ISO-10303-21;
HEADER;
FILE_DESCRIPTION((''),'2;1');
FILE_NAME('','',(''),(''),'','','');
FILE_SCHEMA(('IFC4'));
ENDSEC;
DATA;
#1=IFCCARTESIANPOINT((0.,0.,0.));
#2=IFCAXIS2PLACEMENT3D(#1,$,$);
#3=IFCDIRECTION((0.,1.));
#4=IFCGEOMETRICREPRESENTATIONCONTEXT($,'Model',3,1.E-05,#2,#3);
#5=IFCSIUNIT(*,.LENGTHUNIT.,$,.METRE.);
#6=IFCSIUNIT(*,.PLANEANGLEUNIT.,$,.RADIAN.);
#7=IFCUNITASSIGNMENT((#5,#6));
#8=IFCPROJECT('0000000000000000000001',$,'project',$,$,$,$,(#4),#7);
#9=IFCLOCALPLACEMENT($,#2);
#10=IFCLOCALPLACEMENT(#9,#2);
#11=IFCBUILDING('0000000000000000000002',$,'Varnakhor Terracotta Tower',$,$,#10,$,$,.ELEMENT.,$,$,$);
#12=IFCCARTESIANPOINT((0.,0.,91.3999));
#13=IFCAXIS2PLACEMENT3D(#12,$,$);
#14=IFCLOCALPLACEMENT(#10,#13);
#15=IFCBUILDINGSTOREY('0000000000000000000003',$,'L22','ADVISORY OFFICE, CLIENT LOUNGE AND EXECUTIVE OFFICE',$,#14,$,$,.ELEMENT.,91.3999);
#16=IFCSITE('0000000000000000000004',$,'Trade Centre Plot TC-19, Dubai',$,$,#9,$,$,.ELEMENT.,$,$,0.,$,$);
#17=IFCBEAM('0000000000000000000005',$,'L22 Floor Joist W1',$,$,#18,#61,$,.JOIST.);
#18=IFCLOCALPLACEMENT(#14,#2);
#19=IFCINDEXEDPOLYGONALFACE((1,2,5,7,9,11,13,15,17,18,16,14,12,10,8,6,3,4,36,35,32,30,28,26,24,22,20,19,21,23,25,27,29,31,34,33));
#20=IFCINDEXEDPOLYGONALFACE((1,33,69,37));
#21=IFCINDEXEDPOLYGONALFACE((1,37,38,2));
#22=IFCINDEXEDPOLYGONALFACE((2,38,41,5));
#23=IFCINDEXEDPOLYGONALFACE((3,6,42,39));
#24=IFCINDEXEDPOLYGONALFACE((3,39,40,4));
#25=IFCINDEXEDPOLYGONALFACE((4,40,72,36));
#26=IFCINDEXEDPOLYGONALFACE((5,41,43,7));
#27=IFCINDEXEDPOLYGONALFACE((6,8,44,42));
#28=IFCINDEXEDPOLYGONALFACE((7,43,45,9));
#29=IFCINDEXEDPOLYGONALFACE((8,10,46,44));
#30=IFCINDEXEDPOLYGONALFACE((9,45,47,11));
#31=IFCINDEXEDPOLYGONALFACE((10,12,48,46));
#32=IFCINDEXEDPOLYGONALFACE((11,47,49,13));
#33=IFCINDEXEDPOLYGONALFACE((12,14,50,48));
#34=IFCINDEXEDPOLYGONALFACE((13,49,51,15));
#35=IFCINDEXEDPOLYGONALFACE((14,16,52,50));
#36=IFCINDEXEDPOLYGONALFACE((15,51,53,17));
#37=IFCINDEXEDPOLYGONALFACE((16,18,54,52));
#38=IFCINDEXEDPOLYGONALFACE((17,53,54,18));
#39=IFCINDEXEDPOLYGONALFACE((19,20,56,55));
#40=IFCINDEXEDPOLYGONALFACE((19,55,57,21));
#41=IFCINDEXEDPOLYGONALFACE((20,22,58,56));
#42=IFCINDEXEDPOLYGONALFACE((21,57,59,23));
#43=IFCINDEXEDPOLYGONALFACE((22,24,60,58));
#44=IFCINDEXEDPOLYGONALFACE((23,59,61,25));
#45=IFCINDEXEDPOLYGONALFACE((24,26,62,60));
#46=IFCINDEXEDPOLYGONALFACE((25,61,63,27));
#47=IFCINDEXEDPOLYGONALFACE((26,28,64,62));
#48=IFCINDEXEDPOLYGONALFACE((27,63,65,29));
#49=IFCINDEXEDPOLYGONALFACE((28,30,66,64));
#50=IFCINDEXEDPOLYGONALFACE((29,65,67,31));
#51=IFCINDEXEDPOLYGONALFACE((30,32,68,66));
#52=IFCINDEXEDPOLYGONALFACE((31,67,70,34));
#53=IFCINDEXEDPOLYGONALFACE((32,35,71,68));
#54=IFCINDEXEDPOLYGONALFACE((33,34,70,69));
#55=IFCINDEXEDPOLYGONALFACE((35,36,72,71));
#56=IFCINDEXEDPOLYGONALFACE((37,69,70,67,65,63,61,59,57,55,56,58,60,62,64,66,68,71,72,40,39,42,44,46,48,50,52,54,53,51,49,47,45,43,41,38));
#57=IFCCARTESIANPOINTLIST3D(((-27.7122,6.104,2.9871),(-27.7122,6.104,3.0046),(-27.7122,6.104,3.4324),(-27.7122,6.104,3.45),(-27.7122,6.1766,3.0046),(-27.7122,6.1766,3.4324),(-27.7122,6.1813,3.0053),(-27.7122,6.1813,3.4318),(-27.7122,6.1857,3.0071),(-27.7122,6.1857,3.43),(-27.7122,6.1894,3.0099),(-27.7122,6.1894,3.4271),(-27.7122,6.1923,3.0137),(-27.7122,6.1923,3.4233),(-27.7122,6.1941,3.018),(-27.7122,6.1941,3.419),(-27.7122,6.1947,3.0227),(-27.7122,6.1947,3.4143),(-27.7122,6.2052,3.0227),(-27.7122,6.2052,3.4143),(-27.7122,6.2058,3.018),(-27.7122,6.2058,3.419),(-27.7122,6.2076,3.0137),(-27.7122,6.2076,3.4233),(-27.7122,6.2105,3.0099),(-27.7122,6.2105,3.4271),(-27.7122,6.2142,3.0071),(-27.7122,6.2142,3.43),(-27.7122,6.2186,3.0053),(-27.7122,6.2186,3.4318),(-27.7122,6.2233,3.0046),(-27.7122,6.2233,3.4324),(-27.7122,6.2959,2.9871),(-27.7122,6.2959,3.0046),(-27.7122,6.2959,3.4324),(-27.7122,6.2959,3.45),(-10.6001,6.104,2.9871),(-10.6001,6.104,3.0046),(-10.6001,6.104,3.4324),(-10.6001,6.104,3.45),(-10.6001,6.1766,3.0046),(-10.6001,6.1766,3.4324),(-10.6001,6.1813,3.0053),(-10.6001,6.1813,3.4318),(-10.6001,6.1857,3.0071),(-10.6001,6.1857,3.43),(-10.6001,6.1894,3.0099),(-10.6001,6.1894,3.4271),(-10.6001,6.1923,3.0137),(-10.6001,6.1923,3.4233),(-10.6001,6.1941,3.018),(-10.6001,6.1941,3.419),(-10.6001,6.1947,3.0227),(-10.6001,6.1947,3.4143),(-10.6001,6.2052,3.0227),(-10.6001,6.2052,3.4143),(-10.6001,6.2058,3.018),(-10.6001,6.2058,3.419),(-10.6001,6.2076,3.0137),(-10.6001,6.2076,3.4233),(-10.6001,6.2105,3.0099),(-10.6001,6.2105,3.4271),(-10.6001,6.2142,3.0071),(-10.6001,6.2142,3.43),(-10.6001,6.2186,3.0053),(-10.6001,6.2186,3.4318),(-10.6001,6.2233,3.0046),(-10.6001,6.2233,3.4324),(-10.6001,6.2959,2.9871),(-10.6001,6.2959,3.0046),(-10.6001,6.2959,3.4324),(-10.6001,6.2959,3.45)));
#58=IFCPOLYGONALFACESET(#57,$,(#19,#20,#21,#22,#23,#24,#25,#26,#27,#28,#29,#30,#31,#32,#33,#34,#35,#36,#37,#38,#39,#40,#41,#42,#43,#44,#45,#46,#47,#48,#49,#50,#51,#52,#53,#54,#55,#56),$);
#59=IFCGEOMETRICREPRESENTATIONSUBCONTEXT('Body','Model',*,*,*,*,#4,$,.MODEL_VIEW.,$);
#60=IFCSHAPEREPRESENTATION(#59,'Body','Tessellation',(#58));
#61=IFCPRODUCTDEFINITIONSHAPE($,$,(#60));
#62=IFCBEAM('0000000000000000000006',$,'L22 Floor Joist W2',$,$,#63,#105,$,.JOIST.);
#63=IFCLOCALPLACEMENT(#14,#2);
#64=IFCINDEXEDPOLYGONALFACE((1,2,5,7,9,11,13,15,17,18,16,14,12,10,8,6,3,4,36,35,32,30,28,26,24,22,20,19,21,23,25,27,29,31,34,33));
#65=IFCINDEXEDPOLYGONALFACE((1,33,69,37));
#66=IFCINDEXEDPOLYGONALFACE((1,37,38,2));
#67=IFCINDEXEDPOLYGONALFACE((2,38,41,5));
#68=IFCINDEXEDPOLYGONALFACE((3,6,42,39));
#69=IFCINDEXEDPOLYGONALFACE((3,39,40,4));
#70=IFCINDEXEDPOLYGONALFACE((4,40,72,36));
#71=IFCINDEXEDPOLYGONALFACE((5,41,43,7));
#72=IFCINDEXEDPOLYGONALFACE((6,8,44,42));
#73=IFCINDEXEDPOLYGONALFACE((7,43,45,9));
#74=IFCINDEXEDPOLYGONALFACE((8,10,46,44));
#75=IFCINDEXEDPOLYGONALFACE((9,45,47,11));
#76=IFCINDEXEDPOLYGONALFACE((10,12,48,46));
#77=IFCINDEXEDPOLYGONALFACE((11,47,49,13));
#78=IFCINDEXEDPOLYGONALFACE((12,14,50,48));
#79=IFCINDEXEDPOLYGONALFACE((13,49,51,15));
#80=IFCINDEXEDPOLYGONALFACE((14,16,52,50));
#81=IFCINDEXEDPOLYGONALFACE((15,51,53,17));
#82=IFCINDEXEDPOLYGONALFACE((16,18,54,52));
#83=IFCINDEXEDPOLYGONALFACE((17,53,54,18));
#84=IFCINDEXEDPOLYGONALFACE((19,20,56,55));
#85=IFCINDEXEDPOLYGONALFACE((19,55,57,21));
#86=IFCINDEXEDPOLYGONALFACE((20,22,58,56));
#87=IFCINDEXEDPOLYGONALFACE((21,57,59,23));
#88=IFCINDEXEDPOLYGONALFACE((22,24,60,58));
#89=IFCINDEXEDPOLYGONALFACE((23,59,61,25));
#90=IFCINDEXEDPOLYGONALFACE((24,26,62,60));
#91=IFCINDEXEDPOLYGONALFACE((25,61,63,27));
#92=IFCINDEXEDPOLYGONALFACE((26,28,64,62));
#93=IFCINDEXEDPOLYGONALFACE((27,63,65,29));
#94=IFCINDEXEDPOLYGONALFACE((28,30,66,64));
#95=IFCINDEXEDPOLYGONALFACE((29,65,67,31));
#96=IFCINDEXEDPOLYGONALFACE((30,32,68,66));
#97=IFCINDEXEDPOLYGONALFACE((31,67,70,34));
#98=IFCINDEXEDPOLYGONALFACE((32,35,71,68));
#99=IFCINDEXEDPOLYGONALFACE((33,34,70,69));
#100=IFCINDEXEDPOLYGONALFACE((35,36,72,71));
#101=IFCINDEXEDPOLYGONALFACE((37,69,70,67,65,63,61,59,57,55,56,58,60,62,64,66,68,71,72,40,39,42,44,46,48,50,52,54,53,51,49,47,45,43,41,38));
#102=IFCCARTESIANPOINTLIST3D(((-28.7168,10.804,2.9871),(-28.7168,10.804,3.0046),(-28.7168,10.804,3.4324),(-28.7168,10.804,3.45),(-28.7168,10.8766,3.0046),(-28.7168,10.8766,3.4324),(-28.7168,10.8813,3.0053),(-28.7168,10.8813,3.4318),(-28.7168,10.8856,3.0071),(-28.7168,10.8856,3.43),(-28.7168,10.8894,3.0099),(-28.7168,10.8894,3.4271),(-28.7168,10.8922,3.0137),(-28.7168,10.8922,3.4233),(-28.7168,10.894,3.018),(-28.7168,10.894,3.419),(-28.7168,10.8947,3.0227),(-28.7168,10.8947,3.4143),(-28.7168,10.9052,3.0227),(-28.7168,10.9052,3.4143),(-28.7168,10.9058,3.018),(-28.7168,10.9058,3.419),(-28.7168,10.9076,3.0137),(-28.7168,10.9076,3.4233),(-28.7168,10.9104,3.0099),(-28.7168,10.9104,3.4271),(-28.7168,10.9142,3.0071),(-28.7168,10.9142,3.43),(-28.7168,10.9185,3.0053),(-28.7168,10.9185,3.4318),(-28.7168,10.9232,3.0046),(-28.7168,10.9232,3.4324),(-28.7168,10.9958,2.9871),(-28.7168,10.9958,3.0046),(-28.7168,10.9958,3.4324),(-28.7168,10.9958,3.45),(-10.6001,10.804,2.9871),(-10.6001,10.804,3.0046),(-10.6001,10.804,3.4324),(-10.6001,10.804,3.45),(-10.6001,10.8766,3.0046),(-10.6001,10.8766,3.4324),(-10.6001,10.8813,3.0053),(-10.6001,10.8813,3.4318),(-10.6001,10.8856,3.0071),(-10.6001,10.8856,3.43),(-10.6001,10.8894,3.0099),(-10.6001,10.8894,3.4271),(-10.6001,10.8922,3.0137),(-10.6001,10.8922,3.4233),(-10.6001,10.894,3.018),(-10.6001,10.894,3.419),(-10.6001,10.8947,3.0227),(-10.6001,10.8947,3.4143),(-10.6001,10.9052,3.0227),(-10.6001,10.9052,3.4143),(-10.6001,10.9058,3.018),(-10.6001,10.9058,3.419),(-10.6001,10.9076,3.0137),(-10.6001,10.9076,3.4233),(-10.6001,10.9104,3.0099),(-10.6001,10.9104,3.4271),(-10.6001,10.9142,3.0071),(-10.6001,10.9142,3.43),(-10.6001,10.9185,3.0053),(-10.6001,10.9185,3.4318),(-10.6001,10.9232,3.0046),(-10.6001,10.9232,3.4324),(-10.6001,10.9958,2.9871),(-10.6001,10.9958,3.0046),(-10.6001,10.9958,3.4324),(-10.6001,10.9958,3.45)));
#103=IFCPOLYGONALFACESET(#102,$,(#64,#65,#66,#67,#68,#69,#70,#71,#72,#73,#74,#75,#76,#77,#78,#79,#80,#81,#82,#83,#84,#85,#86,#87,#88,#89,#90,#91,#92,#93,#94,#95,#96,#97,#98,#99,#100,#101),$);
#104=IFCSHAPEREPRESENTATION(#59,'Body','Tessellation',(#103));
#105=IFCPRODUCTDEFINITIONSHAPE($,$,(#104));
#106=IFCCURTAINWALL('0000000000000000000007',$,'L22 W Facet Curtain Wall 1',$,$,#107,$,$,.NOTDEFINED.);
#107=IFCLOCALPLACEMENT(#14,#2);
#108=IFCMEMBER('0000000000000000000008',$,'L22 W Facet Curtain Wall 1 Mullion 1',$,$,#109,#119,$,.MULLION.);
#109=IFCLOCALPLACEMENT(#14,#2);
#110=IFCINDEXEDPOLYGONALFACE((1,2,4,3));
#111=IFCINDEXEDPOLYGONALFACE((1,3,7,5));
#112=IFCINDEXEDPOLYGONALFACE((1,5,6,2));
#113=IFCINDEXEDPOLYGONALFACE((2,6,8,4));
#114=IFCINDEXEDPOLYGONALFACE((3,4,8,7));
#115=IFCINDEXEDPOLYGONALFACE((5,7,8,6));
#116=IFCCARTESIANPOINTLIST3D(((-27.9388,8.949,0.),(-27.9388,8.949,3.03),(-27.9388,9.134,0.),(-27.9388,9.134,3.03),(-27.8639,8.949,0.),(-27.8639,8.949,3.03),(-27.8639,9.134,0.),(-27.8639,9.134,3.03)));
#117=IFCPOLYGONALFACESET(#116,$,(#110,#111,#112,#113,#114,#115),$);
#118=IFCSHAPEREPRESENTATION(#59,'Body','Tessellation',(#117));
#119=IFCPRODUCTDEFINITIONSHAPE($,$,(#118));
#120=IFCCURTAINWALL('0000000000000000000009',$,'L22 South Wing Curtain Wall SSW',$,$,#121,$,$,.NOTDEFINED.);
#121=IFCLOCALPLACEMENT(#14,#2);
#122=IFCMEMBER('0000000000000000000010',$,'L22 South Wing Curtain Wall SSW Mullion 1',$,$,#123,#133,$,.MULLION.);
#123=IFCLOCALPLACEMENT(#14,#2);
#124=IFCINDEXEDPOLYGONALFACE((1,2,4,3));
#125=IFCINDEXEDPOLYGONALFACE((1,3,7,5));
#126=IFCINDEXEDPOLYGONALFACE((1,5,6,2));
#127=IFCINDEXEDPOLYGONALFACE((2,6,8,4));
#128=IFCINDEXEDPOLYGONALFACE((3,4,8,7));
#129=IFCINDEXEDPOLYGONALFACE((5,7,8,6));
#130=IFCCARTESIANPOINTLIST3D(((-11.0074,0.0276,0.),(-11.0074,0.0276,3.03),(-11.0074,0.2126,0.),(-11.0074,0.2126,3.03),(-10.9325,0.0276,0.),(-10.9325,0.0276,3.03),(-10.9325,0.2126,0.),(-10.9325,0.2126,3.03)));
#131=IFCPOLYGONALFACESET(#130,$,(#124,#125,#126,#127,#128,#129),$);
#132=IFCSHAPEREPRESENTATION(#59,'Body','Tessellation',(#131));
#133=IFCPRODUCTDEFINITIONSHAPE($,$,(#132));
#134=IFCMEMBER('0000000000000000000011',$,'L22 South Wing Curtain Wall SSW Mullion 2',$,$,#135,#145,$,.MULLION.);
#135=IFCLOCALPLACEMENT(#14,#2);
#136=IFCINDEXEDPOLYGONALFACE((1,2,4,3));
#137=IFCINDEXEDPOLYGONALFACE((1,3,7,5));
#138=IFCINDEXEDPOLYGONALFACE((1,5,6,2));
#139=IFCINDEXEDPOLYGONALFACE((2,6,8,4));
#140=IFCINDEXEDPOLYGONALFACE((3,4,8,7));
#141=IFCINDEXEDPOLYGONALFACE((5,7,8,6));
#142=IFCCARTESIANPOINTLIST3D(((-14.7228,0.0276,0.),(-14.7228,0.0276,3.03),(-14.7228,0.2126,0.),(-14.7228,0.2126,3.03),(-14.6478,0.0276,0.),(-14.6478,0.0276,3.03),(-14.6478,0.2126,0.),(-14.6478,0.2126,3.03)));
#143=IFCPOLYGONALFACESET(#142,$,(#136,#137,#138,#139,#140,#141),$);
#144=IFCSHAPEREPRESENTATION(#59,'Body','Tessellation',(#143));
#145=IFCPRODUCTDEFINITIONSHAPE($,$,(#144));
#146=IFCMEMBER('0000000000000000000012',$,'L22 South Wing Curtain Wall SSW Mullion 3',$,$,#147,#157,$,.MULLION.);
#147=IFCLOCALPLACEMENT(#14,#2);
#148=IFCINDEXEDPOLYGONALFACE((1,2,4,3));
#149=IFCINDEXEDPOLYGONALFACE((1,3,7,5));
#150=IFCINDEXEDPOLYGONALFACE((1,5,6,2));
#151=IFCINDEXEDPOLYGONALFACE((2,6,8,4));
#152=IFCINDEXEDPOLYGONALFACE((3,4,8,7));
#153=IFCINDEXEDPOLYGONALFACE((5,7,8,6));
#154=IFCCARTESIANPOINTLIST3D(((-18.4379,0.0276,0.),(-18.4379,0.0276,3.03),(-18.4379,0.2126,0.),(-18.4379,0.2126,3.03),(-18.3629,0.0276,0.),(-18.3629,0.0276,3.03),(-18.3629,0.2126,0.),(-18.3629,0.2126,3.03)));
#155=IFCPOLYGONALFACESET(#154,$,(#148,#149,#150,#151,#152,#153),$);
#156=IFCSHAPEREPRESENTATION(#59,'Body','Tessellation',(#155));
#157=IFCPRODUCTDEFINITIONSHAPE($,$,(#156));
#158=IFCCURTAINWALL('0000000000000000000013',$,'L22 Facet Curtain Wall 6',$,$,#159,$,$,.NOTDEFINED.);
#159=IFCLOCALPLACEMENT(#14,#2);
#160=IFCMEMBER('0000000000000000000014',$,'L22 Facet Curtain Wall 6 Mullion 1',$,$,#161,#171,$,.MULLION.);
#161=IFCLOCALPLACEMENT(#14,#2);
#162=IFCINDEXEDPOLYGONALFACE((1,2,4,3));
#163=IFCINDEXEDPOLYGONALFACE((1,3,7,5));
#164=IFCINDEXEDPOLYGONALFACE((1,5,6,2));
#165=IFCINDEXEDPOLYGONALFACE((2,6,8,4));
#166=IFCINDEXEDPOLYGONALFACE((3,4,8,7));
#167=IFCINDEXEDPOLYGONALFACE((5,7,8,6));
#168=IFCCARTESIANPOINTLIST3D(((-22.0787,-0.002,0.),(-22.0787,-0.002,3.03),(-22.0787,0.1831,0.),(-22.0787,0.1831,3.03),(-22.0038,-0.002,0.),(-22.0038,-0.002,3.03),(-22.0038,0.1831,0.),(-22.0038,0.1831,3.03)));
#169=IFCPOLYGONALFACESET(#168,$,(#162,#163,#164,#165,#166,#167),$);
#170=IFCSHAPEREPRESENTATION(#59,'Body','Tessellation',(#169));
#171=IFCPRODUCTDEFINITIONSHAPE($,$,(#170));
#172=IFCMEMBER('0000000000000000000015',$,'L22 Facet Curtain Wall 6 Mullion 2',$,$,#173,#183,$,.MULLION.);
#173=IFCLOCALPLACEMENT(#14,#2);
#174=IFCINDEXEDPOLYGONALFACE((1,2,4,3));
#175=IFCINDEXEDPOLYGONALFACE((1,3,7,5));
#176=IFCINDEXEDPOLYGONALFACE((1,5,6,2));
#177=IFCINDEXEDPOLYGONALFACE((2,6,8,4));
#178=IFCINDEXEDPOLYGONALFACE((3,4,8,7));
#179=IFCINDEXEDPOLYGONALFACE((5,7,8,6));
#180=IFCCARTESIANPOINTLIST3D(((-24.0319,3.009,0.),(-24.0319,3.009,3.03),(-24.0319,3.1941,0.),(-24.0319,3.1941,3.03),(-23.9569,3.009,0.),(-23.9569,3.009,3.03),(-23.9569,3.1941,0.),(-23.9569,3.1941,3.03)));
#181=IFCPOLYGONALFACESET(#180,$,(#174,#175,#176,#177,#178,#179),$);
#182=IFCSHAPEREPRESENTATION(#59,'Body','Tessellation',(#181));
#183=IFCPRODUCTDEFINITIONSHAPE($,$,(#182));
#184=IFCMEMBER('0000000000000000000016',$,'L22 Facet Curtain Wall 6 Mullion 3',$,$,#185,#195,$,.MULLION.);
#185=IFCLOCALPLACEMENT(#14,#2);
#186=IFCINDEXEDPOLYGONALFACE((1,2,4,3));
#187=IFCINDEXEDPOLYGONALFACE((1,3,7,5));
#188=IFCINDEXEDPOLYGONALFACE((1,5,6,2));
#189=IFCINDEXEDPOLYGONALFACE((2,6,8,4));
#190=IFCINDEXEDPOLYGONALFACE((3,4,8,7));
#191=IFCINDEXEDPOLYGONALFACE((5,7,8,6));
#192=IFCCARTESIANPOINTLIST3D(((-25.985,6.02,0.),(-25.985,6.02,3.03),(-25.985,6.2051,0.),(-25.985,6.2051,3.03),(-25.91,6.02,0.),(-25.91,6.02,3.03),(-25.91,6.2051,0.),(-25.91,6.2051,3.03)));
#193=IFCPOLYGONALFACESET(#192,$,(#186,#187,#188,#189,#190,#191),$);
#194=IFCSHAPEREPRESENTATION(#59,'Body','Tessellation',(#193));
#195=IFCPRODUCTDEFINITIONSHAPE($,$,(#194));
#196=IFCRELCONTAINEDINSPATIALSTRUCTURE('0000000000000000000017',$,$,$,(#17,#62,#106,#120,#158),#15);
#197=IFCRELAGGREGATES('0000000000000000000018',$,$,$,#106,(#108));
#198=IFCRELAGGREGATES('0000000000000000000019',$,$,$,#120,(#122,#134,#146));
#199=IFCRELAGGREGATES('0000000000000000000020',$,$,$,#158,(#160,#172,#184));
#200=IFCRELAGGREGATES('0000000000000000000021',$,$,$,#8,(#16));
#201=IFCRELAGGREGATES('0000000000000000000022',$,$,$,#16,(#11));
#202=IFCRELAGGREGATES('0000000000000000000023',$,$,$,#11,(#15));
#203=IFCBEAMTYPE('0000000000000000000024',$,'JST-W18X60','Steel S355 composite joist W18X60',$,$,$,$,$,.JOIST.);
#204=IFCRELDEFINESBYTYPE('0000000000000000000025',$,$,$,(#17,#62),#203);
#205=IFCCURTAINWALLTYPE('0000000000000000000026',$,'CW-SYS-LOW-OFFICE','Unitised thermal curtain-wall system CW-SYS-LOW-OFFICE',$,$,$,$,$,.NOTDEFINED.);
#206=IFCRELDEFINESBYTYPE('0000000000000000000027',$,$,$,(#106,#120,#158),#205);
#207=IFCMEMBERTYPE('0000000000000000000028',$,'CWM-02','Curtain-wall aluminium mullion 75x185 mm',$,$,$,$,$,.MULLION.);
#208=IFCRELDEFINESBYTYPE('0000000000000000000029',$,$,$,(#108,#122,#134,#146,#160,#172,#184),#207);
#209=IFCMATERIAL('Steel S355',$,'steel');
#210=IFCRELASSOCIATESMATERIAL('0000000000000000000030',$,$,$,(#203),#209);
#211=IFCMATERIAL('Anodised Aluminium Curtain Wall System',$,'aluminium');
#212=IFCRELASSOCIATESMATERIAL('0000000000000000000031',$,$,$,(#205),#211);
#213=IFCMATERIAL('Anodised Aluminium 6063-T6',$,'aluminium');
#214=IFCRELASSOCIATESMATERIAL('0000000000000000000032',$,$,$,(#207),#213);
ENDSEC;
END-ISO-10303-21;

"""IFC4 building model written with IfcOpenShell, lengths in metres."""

from ifc_helpers import new_model, si_unit, direction, frame, origin, origin_2d, place, context, subcontext, project, spatial, rectangle, i_section, extrude, source, transform, mapped, material, material_profile, profile_set, type_object, type_shapes, element, aggregate, save


model = new_model("IFC4")

# Units and contexts
model_context = context("Model", 3, precision=1e-05, world=origin(), true_north=direction((0.0, 1.0)))
body_context = subcontext(model_context, "Body", "Model", "MODEL_VIEW")
ifc_project = project(units=[si_unit("LENGTHUNIT", "METRE"), si_unit("PLANEANGLEUNIT", "RADIAN")], contexts=[model_context])

# Site, building, storey
site_placement = place(None, origin())
site = spatial("IfcSite", under=ifc_project, at=site_placement, Name="Trade Centre Plot TC-19, Dubai", CompositionType="ELEMENT", RefElevation=0.0)
building_placement = place(site_placement, origin())
building = spatial("IfcBuilding", under=site, at=building_placement, Name="Varnakhor Terracotta Tower", CompositionType="ELEMENT")
storey_placement = place(building_placement, frame((0.0, 0.0, 91.3999)))
storey = spatial("IfcBuildingStorey", under=building, at=storey_placement, Name="L22", Description="ADVISORY OFFICE, CLIENT LOUNGE AND EXECUTIVE OFFICE", CompositionType="ELEMENT", Elevation=91.3999)

# Beams
ifc_material_1 = material(Name="Steel S355", Category="steel")
ifc_material_profile_1 = material_profile(ifc_material_1, i_section(OverallWidth=0.1919, OverallDepth=0.4629, WebThickness=0.0105, FlangeThickness=0.0176, FilletRadius=0.0181, at=origin_2d()), Name="W18X60")
ifc_profile_set_1 = profile_set([ifc_material_profile_1], Name="Steel S355")
beam_type_1 = type_object("IfcBeamType", Name="JST-W18X60", Description="Steel S355 composite joist W18X60", PredefinedType="JOIST", material=ifc_profile_set_1)
shared_shape_1 = source(origin(), body_context, "Body", "SweptSolid", [
    extrude(i_section(OverallWidth=0.1919, OverallDepth=0.4629, WebThickness=0.0105, FlangeThickness=0.0176, FilletRadius=0.0181, at=origin_2d()), origin(), (0.0, 0.0, 1.0), 17.1121),
])
beam_1_placement = place(storey_placement, frame((-27.7122, 6.2, 3.2185), z_axis=(1.0, 0.0, 0.0), x_axis=(0.0, 1.0, 0.0)))
element("IfcBeam", 1, at=beam_1_placement, inside=storey, type_object=beam_type_1, Name="L22 Floor Joist W1", PredefinedType="JOIST", context=body_context, shape_type="MappedRepresentation", body=[
    mapped(shared_shape_1, transform((0.0, 0.0, 0.0), scale=1.0)),
])
shared_shape_2 = source(origin(), body_context, "Body", "SweptSolid", [
    extrude(i_section(OverallWidth=0.1919, OverallDepth=0.4629, WebThickness=0.0105, FlangeThickness=0.0176, FilletRadius=0.0181, at=origin_2d()), origin(), (0.0, 0.0, 1.0), 18.1167),
])
beam_2_placement = place(storey_placement, frame((-28.7168, 10.8999, 3.2185), z_axis=(1.0, 0.0, 0.0), x_axis=(0.0, 1.0, 0.0)))
element("IfcBeam", 2, at=beam_2_placement, inside=storey, type_object=beam_type_1, Name="L22 Floor Joist W2", PredefinedType="JOIST", context=body_context, shape_type="MappedRepresentation", body=[
    mapped(shared_shape_2, transform((0.0, 0.0, 0.0), scale=1.0)),
])

# Curtain wall, member
ifc_material_2 = material(Name="Anodised Aluminium Curtain Wall System", Category="aluminium")
curtain_wall_type = type_object("IfcCurtainWallType", Name="CW-SYS-LOW-OFFICE", Description="Unitised thermal curtain-wall system CW-SYS-LOW-OFFICE", PredefinedType="NOTDEFINED", material=ifc_material_2)
curtain_wall_1_placement = place(storey_placement, origin())
curtain_wall_1 = element("IfcCurtainWall", 3, at=curtain_wall_1_placement, inside=storey, type_object=curtain_wall_type, Name="L22 W Facet Curtain Wall 1", PredefinedType="NOTDEFINED")
ifc_material_3 = material(Name="Anodised Aluminium 6063-T6", Category="aluminium")
ifc_material_profile_2 = material_profile(ifc_material_3, rectangle(XDim=0.075, YDim=0.1851, at=origin_2d()), Name="ALU MULLION 75x185")
ifc_profile_set_2 = profile_set([ifc_material_profile_2], Name="Anodised Aluminium 6063-T6")
member_type_1 = type_object("IfcMemberType", Name="CWM-02", Description="Curtain-wall aluminium mullion 75x185 mm", PredefinedType="MULLION", material=ifc_profile_set_2)
shared_shape_3 = source(origin(), body_context, "Body", "SweptSolid", [
    extrude(rectangle(XDim=0.075, YDim=0.1851, at=origin_2d()), origin(), (0.0, 0.0, 1.0), 3.03),
])
type_shapes(member_type_1, [shared_shape_3])
member_1_placement = place(storey_placement, frame((-27.9014, 9.0415, 0.0), z_axis=(0.0, 0.0, 1.0), x_axis=(1.0, 0.0, 0.0)))
member_1 = element("IfcMember", 4, at=member_1_placement, type_object=member_type_1, Name="L22 W Facet Curtain Wall 1 Mullion 1", PredefinedType="MULLION", context=body_context, shape_type="MappedRepresentation", body=[
    mapped(shared_shape_3, transform((0.0, 0.0, 0.0), scale=1.0)),
])

# Curtain walls, members
curtain_wall_2_placement = place(storey_placement, origin())
curtain_wall_2 = element("IfcCurtainWall", 5, at=curtain_wall_2_placement, inside=storey, type_object=curtain_wall_type, Name="L22 South Wing Curtain Wall SSW", PredefinedType="NOTDEFINED")
member_2_placement = place(storey_placement, frame((-10.97, 0.1201, 0.0), z_axis=(0.0, 0.0, 1.0), x_axis=(1.0, 0.0, 0.0)))
member_2 = element("IfcMember", 6, at=member_2_placement, type_object=member_type_1, Name="L22 South Wing Curtain Wall SSW Mullion 1", PredefinedType="MULLION", context=body_context, shape_type="MappedRepresentation", body=[
    mapped(shared_shape_3, transform((0.0, 0.0, 0.0), scale=1.0)),
])
member_3_placement = place(storey_placement, frame((-14.6853, 0.1201, 0.0), z_axis=(0.0, 0.0, 1.0), x_axis=(1.0, 0.0, 0.0)))
member_3 = element("IfcMember", 7, at=member_3_placement, type_object=member_type_1, Name="L22 South Wing Curtain Wall SSW Mullion 2", PredefinedType="MULLION", context=body_context, shape_type="MappedRepresentation", body=[
    mapped(shared_shape_3, transform((0.0, 0.0, 0.0), scale=1.0)),
])
member_4_placement = place(storey_placement, frame((-18.4004, 0.1201, 0.0), z_axis=(0.0, 0.0, 1.0), x_axis=(1.0, 0.0, 0.0)))
member_4 = element("IfcMember", 8, at=member_4_placement, type_object=member_type_1, Name="L22 South Wing Curtain Wall SSW Mullion 3", PredefinedType="MULLION", context=body_context, shape_type="MappedRepresentation", body=[
    mapped(shared_shape_3, transform((0.0, 0.0, 0.0), scale=1.0)),
])
curtain_wall_3_placement = place(storey_placement, origin())
curtain_wall_3 = element("IfcCurtainWall", 9, at=curtain_wall_3_placement, inside=storey, type_object=curtain_wall_type, Name="L22 Facet Curtain Wall 6", PredefinedType="NOTDEFINED")
member_5_placement = place(storey_placement, frame((-22.0413, 0.0906, 0.0), z_axis=(0.0, 0.0, 1.0), x_axis=(1.0, 0.0, 0.0)))
member_5 = element("IfcMember", 10, at=member_5_placement, type_object=member_type_1, Name="L22 Facet Curtain Wall 6 Mullion 1", PredefinedType="MULLION", context=body_context, shape_type="MappedRepresentation", body=[
    mapped(shared_shape_3, transform((0.0, 0.0, 0.0), scale=1.0)),
])
member_6_placement = place(storey_placement, frame((-23.9944, 3.1016, 0.0), z_axis=(0.0, 0.0, 1.0), x_axis=(1.0, 0.0, 0.0)))
member_6 = element("IfcMember", 11, at=member_6_placement, type_object=member_type_1, Name="L22 Facet Curtain Wall 6 Mullion 2", PredefinedType="MULLION", context=body_context, shape_type="MappedRepresentation", body=[
    mapped(shared_shape_3, transform((0.0, 0.0, 0.0), scale=1.0)),
])
member_7_placement = place(storey_placement, frame((-25.9475, 6.1125, 0.0), z_axis=(0.0, 0.0, 1.0), x_axis=(1.0, 0.0, 0.0)))
member_7 = element("IfcMember", 12, at=member_7_placement, type_object=member_type_1, Name="L22 Facet Curtain Wall 6 Mullion 3", PredefinedType="MULLION", context=body_context, shape_type="MappedRepresentation", body=[
    mapped(shared_shape_3, transform((0.0, 0.0, 0.0), scale=1.0)),
])

aggregate(curtain_wall_1, [member_1])
aggregate(curtain_wall_2, [member_2, member_3, member_4])
aggregate(curtain_wall_3, [member_5, member_6, member_7])

save(model, "model.ifc")
